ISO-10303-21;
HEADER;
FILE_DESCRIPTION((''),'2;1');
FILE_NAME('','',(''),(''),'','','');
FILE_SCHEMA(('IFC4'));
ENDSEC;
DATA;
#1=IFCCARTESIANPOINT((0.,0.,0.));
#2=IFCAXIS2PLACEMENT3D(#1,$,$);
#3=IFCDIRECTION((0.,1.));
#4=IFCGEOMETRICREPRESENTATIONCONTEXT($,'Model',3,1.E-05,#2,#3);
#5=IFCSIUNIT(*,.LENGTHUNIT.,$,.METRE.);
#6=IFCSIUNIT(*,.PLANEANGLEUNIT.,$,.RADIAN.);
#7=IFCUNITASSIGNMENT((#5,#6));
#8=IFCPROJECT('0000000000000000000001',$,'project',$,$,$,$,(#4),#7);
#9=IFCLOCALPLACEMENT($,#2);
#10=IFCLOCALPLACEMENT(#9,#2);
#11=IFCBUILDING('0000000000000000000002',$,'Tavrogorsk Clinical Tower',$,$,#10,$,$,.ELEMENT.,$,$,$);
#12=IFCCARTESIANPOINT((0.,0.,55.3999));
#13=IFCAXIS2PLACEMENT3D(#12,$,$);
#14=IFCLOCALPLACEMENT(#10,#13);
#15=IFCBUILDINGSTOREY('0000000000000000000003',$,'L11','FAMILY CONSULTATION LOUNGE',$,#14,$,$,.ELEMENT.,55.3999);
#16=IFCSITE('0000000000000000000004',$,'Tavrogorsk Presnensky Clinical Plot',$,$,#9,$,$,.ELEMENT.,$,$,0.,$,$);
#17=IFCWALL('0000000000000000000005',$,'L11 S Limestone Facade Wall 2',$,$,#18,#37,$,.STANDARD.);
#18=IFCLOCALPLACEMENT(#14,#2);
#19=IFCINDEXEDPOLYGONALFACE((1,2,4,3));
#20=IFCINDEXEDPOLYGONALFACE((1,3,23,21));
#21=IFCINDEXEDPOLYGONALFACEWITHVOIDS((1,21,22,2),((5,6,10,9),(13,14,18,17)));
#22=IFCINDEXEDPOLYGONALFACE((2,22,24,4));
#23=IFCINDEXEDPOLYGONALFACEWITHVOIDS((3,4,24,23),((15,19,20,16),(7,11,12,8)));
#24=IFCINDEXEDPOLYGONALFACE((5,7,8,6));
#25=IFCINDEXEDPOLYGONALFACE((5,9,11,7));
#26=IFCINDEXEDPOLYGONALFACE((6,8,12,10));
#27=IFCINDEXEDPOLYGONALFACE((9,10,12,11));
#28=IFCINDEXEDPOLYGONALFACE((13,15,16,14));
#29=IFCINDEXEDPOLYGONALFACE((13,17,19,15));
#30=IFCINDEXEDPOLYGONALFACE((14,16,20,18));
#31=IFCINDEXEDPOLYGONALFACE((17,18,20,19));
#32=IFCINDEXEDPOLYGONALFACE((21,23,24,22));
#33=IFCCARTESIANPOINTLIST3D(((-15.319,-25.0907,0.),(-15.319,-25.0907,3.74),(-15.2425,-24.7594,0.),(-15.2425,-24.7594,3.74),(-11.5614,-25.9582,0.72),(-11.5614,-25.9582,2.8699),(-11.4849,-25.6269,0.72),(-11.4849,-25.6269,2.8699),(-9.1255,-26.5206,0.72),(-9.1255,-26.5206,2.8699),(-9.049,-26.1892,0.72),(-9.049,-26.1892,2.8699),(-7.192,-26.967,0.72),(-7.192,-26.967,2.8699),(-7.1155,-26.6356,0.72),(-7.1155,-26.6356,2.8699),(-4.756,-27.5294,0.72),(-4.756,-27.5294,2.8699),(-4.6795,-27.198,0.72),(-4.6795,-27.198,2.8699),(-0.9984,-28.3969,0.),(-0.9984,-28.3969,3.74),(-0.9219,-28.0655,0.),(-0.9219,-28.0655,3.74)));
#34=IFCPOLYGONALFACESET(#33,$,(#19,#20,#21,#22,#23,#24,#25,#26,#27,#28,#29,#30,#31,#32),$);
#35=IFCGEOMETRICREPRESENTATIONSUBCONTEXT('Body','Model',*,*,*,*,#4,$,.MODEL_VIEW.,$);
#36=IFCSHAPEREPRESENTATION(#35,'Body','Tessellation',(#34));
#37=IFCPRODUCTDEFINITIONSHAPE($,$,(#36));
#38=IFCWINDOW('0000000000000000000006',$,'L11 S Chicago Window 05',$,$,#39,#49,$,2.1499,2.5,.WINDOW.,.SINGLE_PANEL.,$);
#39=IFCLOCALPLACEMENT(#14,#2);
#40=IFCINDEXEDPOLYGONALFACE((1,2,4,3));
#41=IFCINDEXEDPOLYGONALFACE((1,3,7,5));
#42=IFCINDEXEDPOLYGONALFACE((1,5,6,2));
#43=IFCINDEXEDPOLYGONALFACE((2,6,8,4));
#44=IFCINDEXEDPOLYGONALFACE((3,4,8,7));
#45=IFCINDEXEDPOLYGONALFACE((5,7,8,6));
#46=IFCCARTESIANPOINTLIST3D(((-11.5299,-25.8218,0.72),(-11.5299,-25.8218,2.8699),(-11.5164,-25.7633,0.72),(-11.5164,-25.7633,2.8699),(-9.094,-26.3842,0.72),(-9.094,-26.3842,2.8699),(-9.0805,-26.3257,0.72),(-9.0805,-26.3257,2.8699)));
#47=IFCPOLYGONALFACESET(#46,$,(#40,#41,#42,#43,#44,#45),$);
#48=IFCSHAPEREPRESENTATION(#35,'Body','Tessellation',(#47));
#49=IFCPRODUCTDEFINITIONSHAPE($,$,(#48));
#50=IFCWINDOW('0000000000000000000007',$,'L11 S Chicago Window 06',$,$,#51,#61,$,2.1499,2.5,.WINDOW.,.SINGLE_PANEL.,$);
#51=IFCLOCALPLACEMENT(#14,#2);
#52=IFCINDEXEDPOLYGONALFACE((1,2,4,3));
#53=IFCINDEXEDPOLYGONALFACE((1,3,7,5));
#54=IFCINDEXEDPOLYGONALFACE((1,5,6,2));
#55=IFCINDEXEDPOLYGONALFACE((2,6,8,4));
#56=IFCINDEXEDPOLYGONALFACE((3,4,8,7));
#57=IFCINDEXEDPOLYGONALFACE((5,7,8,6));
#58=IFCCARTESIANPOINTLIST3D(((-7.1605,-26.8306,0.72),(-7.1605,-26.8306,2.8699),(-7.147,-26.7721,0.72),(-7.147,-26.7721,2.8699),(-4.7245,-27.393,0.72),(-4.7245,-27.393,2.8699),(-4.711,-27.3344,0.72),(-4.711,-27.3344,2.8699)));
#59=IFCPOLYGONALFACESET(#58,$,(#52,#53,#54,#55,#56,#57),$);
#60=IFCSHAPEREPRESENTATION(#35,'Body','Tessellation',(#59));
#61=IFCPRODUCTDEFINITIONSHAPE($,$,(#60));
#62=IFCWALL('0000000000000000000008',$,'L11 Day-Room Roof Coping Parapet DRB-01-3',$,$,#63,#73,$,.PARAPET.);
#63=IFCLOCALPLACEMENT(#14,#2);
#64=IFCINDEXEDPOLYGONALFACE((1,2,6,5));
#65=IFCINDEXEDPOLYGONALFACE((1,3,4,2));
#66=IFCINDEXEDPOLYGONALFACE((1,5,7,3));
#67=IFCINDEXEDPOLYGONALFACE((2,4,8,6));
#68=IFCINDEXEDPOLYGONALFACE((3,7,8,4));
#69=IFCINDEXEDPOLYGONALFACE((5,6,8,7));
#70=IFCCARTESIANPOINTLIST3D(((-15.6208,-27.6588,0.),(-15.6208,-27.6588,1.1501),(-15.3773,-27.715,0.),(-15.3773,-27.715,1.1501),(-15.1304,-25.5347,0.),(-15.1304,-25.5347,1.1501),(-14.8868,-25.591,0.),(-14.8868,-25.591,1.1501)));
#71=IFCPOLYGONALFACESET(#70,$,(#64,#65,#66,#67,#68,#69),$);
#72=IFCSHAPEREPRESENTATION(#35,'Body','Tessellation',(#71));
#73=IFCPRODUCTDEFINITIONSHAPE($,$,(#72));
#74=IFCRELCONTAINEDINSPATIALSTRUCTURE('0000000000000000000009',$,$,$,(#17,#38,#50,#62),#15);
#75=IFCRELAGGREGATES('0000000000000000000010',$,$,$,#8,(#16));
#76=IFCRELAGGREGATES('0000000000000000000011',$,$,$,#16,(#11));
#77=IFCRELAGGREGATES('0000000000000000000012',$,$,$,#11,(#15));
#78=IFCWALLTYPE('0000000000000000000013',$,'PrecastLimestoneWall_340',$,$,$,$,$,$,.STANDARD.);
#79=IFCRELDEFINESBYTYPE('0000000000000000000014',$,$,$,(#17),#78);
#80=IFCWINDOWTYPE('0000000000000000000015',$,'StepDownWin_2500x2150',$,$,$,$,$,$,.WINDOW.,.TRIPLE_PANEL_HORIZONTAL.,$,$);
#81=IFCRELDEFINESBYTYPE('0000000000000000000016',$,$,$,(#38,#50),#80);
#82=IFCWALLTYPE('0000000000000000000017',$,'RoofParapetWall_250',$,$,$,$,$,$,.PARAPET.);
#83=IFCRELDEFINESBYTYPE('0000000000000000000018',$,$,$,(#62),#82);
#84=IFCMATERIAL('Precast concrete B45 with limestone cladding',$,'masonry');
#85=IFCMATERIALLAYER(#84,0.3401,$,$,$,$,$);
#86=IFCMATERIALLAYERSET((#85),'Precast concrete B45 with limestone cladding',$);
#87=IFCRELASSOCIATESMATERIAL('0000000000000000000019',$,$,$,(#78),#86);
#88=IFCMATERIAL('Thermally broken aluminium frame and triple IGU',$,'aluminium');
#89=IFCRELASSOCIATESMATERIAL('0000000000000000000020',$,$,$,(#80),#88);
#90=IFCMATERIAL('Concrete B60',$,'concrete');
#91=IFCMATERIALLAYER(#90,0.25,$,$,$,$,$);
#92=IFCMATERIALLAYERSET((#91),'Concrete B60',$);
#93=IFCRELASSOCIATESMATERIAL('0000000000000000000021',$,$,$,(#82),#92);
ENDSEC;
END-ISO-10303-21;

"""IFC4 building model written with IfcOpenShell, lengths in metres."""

from ifc_helpers import new_model, si_unit, direction, frame, frame_2d, origin, place, context, subcontext, project, spatial, rectangle, extrude, material, layer, layer_set, type_object, element, fill, save


model = new_model("IFC4")

# Units and contexts
model_context = context("Model", 3, precision=1e-05, world=origin(), true_north=direction((0.0, 1.0)))
body_context = subcontext(model_context, "Body", "Model", "MODEL_VIEW")
ifc_project = project(units=[si_unit("LENGTHUNIT", "METRE"), si_unit("PLANEANGLEUNIT", "RADIAN")], contexts=[model_context])

# Site, building, storey
site_placement = place(None, origin())
site = spatial("IfcSite", under=ifc_project, at=site_placement, Name="Tavrogorsk Presnensky Clinical Plot", CompositionType="ELEMENT", RefElevation=0.0)
building_placement = place(site_placement, origin())
building = spatial("IfcBuilding", under=site, at=building_placement, Name="Tavrogorsk Clinical Tower", CompositionType="ELEMENT")
storey_placement = place(building_placement, frame((0.0, 0.0, 55.3999)))
storey = spatial("IfcBuildingStorey", under=building, at=storey_placement, Name="L11", Description="FAMILY CONSULTATION LOUNGE", CompositionType="ELEMENT", Elevation=55.3999)

# Wall, openings, windows
ifc_material_1 = material(Name="Precast concrete B45 with limestone cladding", Category="masonry")
ifc_layer_1 = layer(ifc_material_1, 0.3401)
ifc_layer_set_1 = layer_set([ifc_layer_1], Name="Precast concrete B45 with limestone cladding")
wall_type_1 = type_object("IfcWallType", Name="PrecastLimestoneWall_340", PredefinedType="STANDARD", material=ifc_layer_set_1)
wall_1_placement = place(storey_placement, frame((-15.2808, -24.925, 0.0), z_axis=(0.0, 0.0, 1.0), x_axis=(0.97437, -0.22495, 0.0)))
wall_1 = element("IfcWall", 1, at=wall_1_placement, inside=storey, type_object=wall_type_1, Name="L11 S Limestone Facade Wall 2", PredefinedType="STANDARD", context=body_context, shape_type="SweptSolid", body=[
    extrude(rectangle(XDim=14.6973, YDim=0.3401, at=frame_2d((7.3486, 0.0))), origin(), (0.0, 0.0, 1.0), 3.74),
])
opening_1_placement = place(wall_1_placement, frame((3.8564, 0.0, 0.72)))
opening_1 = element("IfcOpeningElement", 2, at=opening_1_placement, cuts=wall_1, PredefinedType="OPENING", context=body_context, shape_type="SweptSolid", body=[
    extrude(rectangle(XDim=2.5, YDim=2.1499, at=frame_2d((1.25, 1.075))), frame((0.0, 0.1799, 0.0), z_axis=(0.0, -1.0, 0.0), x_axis=(1.0, 0.0, 0.0)), (0.0, 0.0, 1.0), 0.3601),
])
opening_2_placement = place(wall_1_placement, frame((8.3408, 0.0, 0.72)))
opening_2 = element("IfcOpeningElement", 3, at=opening_2_placement, cuts=wall_1, PredefinedType="OPENING", context=body_context, shape_type="SweptSolid", body=[
    extrude(rectangle(XDim=2.5, YDim=2.1499, at=frame_2d((1.25, 1.075))), frame((0.0, 0.1799, 0.0), z_axis=(0.0, -1.0, 0.0), x_axis=(1.0, 0.0, 0.0)), (0.0, 0.0, 1.0), 0.3601),
])
ifc_material_2 = material(Name="Thermally broken aluminium frame and triple IGU", Category="aluminium")
window_type = type_object("IfcWindowType", Name="StepDownWin_2500x2150", PartitioningType="TRIPLE_PANEL_HORIZONTAL", PredefinedType="WINDOW", material=ifc_material_2)
window_1_placement = place(opening_1_placement, origin())
window_1 = element("IfcWindow", 4, at=window_1_placement, inside=storey, type_object=window_type, Name="L11 S Chicago Window 05", OverallHeight=2.1499, OverallWidth=2.5, PartitioningType="SINGLE_PANEL", PredefinedType="WINDOW", context=body_context, shape_type="SweptSolid", body=[
    extrude(rectangle(XDim=2.5, YDim=2.1499, at=frame_2d((1.25, 1.075))), frame((0.0, 0.03, 0.0), z_axis=(0.0, -1.0, 0.0), x_axis=(1.0, 0.0, 0.0)), (0.0, 0.0, 1.0), 0.0601),
])
fill(opening_1, window_1)
window_2_placement = place(opening_2_placement, origin())
window_2 = element("IfcWindow", 5, at=window_2_placement, inside=storey, type_object=window_type, Name="L11 S Chicago Window 06", OverallHeight=2.1499, OverallWidth=2.5, PartitioningType="SINGLE_PANEL", PredefinedType="WINDOW", context=body_context, shape_type="SweptSolid", body=[
    extrude(rectangle(XDim=2.5, YDim=2.1499, at=frame_2d((1.25, 1.075))), frame((0.0, 0.03, 0.0), z_axis=(0.0, -1.0, 0.0), x_axis=(1.0, 0.0, 0.0)), (0.0, 0.0, 1.0), 0.0601),
])
fill(opening_2, window_2)

# Wall
ifc_material_3 = material(Name="Concrete B60", Category="concrete")
ifc_layer_2 = layer(ifc_material_3, 0.25)
ifc_layer_set_2 = layer_set([ifc_layer_2], Name="Concrete B60")
wall_type_2 = type_object("IfcWallType", Name="RoofParapetWall_250", PredefinedType="PARAPET", material=ifc_layer_set_2)
wall_2_placement = place(storey_placement, frame((-15.499, -27.6868, 0.0), z_axis=(0.0, 0.0, 1.0), x_axis=(0.224999, 0.974359, 0.0)))
element("IfcWall", 6, at=wall_2_placement, inside=storey, type_object=wall_type_2, Name="L11 Day-Room Roof Coping Parapet DRB-01-3", PredefinedType="PARAPET", context=body_context, shape_type="SweptSolid", body=[
    extrude(rectangle(XDim=2.1799, YDim=0.25, at=frame_2d((1.0898, 0.0))), origin(), (0.0, 0.0, 1.0), 1.1501),
])

save(model, "model.ifc")
